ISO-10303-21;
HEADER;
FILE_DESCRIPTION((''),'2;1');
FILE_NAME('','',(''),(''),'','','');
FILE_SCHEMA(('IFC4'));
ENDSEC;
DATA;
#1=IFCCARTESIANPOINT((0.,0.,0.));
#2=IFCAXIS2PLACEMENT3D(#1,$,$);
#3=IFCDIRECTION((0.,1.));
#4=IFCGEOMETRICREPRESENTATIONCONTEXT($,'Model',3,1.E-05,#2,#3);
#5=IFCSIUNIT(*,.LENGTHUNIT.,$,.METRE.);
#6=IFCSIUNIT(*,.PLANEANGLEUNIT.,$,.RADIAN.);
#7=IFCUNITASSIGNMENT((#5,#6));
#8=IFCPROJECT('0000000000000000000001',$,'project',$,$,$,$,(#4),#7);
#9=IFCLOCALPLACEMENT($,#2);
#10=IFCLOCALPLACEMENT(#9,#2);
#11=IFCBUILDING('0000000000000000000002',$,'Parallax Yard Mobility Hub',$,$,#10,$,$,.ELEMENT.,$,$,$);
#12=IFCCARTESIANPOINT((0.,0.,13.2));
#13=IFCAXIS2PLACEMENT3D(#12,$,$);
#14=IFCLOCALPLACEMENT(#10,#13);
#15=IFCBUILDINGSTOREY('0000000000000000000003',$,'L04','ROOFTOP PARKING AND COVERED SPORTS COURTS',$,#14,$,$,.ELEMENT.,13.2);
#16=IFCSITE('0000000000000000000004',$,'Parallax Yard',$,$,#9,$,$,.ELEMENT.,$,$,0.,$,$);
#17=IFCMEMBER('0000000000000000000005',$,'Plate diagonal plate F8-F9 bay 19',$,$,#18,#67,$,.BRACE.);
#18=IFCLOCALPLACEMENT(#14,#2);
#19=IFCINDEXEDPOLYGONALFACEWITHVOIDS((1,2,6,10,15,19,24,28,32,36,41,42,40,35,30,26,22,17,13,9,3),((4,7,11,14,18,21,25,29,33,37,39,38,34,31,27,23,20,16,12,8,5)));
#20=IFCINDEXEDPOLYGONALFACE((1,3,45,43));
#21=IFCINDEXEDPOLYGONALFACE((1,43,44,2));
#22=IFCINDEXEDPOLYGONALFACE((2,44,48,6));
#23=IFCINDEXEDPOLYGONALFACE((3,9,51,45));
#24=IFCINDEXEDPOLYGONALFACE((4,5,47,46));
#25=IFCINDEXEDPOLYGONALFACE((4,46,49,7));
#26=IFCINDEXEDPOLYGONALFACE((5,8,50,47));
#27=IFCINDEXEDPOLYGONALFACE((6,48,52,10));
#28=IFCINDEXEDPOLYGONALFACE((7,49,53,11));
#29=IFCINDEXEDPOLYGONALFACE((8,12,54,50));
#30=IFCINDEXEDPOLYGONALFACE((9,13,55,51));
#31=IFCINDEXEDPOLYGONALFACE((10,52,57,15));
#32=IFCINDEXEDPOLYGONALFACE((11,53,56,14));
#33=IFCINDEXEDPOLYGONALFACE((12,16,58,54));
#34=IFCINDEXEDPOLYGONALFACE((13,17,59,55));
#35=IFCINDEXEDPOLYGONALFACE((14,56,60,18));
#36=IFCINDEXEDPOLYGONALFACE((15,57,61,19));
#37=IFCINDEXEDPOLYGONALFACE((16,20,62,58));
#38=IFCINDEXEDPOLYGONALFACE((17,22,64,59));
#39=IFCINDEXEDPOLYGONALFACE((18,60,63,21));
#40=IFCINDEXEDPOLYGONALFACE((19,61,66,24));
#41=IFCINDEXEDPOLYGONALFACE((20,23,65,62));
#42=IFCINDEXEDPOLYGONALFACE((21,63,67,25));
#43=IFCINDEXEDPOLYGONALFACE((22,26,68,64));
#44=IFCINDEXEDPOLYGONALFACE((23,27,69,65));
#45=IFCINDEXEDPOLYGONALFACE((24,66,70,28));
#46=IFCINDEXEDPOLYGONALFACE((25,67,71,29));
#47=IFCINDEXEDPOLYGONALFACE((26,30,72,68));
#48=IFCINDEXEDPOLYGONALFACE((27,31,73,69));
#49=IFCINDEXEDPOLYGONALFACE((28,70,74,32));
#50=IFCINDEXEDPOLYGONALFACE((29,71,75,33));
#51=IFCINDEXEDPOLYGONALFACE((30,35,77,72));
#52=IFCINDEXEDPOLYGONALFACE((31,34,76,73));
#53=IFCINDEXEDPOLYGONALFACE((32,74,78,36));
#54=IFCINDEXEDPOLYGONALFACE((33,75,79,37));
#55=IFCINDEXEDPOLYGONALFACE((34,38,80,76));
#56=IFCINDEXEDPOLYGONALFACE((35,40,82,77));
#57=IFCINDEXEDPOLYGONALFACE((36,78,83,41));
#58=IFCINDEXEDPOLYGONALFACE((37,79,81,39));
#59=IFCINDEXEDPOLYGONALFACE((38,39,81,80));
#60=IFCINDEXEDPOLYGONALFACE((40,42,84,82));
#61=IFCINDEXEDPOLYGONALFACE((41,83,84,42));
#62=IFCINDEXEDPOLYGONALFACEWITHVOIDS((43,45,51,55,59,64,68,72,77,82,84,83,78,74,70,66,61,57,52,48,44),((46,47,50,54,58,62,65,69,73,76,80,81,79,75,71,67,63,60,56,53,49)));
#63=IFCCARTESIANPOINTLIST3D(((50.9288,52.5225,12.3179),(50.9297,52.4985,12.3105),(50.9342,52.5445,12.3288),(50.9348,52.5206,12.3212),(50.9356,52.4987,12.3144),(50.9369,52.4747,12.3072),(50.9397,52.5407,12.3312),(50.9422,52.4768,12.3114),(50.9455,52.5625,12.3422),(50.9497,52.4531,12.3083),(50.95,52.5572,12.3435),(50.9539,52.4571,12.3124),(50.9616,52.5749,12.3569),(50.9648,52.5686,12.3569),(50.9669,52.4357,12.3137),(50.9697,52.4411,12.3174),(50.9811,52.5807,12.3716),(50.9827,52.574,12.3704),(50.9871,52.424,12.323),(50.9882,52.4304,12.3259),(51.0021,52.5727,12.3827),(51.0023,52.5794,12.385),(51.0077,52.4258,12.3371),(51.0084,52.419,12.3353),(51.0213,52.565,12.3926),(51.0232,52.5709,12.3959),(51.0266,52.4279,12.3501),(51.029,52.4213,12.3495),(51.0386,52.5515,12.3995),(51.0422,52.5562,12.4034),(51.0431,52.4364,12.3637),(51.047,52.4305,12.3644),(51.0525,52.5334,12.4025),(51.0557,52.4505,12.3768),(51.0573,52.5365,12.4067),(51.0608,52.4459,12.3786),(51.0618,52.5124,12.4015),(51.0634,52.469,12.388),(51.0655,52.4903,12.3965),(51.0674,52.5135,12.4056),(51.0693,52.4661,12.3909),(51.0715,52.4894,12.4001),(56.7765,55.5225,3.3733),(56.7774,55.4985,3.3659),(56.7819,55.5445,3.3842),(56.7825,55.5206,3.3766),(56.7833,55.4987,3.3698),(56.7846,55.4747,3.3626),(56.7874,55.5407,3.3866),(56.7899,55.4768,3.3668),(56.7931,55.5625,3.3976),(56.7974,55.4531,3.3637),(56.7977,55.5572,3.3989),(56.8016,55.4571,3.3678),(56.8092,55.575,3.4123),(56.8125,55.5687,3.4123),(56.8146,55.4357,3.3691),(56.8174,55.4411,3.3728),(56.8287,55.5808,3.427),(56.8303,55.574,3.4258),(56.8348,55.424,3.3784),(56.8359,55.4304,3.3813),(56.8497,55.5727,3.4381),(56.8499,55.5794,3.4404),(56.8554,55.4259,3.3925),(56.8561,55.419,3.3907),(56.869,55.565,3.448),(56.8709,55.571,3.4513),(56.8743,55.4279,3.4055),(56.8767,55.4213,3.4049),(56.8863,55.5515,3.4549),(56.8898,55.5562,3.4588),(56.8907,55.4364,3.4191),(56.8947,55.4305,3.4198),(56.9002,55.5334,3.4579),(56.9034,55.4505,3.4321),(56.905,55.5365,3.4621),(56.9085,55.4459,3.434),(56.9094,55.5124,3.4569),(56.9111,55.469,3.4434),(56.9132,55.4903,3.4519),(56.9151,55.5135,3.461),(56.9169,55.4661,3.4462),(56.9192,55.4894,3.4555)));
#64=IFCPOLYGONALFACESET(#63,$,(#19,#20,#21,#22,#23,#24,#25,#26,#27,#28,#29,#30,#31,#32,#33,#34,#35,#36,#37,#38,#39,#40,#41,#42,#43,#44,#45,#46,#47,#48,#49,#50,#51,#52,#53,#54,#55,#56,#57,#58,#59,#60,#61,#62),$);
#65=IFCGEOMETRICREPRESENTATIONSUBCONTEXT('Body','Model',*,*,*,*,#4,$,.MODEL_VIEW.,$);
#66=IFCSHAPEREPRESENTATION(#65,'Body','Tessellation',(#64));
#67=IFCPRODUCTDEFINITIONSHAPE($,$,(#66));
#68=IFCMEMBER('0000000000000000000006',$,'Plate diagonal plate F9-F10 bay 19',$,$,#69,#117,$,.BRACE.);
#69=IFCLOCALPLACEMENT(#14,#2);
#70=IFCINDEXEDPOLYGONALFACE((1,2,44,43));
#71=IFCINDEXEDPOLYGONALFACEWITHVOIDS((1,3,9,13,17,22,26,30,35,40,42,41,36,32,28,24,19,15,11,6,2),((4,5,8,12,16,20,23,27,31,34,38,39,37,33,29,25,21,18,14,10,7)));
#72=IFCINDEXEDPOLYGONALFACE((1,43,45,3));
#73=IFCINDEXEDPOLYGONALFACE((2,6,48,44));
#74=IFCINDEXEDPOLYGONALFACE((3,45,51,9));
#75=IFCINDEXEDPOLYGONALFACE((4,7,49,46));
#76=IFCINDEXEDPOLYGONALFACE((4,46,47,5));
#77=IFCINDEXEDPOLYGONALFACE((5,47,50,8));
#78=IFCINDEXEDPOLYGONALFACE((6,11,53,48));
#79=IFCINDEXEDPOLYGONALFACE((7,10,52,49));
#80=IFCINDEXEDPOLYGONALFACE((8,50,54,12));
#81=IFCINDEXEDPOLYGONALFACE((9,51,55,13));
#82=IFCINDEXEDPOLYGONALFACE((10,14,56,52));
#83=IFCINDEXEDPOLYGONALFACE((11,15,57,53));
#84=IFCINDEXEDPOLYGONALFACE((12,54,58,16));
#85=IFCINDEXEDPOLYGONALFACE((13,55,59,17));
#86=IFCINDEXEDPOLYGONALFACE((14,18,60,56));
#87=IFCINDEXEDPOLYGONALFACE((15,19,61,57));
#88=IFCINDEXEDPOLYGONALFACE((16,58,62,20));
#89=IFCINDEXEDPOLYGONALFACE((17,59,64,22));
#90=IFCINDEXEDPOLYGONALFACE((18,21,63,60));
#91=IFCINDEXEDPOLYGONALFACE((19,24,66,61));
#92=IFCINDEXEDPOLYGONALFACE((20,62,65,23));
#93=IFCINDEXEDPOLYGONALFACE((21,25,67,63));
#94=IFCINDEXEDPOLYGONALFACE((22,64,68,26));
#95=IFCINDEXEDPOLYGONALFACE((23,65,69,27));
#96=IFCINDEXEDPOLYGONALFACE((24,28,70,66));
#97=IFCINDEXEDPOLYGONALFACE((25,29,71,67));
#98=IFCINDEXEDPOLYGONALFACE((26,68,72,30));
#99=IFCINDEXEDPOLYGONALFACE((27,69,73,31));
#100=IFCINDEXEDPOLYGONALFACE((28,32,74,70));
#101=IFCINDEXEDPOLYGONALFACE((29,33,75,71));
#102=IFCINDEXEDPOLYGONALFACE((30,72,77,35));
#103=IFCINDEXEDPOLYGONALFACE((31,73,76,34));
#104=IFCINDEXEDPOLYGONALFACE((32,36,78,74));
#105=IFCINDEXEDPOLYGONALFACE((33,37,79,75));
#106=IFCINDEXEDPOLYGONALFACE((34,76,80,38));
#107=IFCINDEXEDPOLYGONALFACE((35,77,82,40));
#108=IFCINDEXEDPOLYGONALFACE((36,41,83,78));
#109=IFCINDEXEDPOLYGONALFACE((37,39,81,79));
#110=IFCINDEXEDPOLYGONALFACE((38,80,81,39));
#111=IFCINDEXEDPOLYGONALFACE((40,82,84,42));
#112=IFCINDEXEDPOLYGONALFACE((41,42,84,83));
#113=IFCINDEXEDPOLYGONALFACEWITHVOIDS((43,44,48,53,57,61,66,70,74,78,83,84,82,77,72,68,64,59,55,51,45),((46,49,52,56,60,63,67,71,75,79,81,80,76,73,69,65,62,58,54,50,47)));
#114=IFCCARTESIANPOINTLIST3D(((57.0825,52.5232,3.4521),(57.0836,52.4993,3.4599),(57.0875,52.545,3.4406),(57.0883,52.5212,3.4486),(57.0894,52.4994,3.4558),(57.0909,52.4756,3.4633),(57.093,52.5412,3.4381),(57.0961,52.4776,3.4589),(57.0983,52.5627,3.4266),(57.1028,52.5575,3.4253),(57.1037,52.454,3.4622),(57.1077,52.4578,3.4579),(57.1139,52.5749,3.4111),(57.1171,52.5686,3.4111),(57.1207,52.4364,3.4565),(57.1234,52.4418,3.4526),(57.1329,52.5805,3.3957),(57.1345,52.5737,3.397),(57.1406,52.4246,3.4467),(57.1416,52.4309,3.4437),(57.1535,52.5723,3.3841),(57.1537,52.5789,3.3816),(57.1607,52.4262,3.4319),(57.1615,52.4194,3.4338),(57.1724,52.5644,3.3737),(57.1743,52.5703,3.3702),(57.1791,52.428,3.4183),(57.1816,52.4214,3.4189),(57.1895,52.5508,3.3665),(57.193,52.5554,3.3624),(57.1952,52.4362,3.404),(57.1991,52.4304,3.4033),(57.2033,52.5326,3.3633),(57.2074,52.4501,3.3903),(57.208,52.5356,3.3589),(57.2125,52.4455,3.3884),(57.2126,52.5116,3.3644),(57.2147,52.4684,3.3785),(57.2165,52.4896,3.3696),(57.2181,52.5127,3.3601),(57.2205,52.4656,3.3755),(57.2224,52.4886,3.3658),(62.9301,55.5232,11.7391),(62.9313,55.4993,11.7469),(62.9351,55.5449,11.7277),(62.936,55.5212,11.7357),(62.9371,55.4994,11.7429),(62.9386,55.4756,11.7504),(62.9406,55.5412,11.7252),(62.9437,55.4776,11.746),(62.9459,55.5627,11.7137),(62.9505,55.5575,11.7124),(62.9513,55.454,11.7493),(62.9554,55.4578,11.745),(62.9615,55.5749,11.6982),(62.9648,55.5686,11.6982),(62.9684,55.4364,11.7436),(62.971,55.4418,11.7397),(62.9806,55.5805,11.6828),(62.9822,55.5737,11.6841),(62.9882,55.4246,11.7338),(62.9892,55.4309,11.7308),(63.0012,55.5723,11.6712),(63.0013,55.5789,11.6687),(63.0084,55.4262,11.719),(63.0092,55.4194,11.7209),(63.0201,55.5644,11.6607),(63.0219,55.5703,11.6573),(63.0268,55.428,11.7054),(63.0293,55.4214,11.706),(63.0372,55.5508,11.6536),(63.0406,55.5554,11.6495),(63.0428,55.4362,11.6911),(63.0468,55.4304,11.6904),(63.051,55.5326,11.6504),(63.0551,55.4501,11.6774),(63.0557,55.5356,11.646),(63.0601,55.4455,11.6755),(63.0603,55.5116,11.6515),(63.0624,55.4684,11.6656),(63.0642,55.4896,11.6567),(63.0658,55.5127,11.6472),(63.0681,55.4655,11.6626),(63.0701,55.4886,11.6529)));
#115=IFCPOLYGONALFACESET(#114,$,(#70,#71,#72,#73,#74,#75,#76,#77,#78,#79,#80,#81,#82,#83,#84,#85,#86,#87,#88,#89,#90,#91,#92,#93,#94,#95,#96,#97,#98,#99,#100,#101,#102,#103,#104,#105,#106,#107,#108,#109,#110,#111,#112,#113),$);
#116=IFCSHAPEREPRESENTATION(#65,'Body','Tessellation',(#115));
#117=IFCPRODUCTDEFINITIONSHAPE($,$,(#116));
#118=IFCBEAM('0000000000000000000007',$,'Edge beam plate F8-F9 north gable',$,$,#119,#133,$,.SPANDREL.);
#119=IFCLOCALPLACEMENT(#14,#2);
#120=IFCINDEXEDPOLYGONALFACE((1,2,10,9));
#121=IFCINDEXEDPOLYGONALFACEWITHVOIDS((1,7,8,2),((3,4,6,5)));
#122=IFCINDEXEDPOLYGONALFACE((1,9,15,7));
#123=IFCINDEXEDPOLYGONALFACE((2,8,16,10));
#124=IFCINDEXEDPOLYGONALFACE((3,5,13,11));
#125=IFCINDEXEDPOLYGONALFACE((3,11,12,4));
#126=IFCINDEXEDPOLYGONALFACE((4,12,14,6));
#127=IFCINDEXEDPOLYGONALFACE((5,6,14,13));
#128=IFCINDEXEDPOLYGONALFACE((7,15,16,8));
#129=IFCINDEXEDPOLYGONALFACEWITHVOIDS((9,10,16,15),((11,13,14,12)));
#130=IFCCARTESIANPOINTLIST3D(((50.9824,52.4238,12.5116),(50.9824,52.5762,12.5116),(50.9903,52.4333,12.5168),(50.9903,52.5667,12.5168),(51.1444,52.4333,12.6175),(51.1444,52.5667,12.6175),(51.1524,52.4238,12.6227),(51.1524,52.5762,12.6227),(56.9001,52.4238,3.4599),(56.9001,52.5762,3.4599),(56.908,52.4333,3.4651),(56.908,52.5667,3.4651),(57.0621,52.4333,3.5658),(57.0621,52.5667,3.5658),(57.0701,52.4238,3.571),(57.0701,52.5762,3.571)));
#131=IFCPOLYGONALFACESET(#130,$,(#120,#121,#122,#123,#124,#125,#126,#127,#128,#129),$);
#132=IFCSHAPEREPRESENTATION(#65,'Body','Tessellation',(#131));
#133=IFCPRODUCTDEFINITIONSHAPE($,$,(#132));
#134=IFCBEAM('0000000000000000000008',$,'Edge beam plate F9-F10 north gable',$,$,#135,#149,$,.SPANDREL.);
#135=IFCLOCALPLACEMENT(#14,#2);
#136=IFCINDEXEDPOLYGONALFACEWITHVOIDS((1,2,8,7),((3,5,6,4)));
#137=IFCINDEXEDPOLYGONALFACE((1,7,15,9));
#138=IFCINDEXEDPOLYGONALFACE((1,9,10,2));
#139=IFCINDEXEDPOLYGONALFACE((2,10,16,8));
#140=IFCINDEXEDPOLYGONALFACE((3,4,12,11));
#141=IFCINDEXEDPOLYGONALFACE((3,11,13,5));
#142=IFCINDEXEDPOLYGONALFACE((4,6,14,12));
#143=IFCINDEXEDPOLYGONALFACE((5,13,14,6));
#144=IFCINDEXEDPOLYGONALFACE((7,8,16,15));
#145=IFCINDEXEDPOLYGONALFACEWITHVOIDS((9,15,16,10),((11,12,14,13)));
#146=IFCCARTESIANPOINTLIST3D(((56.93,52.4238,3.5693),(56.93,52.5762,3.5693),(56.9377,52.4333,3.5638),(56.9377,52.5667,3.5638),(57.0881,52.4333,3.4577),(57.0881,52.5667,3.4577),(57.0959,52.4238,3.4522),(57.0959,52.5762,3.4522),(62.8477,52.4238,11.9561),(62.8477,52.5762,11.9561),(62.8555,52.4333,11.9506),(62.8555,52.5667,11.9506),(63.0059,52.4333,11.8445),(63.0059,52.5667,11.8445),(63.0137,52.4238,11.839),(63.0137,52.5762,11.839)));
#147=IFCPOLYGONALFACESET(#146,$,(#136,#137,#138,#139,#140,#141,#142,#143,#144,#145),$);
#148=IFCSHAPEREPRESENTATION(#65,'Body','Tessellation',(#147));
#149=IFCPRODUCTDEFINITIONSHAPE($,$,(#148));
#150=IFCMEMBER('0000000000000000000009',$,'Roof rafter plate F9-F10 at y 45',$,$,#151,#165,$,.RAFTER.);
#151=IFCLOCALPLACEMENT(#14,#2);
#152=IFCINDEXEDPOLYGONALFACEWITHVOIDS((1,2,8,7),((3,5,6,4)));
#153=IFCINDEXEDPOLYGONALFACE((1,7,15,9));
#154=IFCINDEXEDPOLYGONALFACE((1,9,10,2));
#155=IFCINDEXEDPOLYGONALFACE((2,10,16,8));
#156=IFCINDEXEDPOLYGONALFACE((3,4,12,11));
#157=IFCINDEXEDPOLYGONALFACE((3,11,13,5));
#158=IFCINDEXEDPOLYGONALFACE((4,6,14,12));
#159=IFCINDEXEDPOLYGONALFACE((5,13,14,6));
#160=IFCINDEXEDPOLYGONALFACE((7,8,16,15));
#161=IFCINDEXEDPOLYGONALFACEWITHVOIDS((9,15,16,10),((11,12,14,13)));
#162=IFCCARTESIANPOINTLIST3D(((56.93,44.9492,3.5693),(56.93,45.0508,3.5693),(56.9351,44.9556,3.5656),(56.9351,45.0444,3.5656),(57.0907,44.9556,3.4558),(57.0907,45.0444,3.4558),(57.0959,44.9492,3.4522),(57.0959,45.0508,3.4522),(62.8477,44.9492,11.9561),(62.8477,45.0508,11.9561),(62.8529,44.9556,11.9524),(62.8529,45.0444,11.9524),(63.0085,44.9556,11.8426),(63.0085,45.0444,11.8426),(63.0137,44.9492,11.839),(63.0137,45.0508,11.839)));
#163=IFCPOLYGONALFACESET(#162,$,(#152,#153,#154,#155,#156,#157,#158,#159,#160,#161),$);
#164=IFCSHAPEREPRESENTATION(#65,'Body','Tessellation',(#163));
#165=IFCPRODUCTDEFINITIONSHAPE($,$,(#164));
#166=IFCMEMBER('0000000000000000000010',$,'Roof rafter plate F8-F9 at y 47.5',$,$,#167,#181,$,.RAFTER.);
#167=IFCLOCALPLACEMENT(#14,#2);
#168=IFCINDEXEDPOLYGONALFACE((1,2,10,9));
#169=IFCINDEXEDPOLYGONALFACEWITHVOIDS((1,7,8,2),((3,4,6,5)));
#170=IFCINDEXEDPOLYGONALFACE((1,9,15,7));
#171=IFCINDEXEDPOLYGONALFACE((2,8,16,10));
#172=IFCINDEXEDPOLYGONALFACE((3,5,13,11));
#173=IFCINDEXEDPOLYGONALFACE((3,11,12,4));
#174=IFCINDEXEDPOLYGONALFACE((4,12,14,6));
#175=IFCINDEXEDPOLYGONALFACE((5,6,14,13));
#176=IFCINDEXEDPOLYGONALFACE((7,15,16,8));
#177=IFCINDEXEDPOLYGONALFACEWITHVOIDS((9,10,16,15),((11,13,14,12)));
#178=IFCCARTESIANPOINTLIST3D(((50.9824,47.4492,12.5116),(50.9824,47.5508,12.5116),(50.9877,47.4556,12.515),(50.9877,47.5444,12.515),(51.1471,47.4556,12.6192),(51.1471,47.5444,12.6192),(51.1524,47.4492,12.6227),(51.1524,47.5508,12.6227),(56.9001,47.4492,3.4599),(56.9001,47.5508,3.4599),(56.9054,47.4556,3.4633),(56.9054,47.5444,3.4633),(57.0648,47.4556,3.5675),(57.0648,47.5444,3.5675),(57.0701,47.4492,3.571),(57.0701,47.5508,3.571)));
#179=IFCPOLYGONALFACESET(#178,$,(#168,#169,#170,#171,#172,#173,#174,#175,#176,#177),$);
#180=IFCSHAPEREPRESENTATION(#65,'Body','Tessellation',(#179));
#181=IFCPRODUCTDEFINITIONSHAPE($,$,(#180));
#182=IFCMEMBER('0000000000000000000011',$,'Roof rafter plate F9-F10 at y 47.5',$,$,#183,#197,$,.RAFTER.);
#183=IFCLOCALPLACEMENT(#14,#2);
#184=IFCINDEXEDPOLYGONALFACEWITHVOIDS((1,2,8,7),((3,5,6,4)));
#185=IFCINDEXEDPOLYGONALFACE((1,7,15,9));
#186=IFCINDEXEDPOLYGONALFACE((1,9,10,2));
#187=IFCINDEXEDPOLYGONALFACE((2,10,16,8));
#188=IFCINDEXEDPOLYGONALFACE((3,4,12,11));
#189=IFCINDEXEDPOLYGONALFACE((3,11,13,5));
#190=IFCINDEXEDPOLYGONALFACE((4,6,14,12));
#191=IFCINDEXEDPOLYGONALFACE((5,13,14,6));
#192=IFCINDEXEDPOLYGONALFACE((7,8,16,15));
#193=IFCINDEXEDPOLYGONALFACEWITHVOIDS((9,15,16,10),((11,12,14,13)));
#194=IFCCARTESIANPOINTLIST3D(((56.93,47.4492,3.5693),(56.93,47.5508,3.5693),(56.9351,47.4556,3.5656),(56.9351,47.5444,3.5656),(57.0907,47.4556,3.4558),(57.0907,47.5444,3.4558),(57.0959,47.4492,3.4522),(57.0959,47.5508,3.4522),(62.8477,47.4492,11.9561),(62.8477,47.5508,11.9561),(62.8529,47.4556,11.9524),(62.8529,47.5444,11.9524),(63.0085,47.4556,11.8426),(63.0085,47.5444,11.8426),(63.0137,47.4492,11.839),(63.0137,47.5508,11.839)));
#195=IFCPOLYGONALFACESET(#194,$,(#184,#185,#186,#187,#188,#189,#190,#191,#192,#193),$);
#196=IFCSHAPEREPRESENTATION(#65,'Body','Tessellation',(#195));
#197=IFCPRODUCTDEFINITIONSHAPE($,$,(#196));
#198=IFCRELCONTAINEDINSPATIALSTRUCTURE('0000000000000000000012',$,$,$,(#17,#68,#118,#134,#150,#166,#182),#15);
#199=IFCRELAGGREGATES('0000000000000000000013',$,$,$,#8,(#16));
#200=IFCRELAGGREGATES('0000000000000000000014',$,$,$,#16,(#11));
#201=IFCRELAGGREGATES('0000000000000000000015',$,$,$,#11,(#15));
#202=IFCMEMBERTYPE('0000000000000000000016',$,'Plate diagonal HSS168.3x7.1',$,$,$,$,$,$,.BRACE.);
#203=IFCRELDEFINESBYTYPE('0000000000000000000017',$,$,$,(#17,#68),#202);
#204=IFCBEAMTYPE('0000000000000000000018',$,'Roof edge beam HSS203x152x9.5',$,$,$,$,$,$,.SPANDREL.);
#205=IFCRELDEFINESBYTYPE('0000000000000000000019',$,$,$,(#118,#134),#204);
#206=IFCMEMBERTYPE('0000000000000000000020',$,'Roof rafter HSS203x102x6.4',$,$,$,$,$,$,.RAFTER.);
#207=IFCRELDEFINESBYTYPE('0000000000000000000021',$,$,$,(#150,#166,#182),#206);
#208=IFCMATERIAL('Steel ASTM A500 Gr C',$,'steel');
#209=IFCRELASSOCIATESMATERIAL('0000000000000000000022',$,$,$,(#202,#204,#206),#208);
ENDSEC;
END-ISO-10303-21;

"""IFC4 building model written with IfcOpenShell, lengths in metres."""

from ifc_helpers import new_model, si_unit, direction, frame, origin, origin_2d, place, context, subcontext, project, spatial, hollow_rectangle, hollow_circle, extrude, material, material_profile, profile_set, type_object, element, save


model = new_model("IFC4")

# Units and contexts
model_context = context("Model", 3, precision=1e-05, world=origin(), true_north=direction((0.0, 1.0)))
body_context = subcontext(model_context, "Body", "Model", "MODEL_VIEW")
ifc_project = project(units=[si_unit("LENGTHUNIT", "METRE"), si_unit("PLANEANGLEUNIT", "RADIAN")], contexts=[model_context])

# Site, building, storey
site_placement = place(None, origin())
site = spatial("IfcSite", under=ifc_project, at=site_placement, Name="Parallax Yard", CompositionType="ELEMENT", RefElevation=0.0)
building_placement = place(site_placement, origin())
building = spatial("IfcBuilding", under=site, at=building_placement, Name="Parallax Yard Mobility Hub", CompositionType="ELEMENT")
storey_placement = place(building_placement, frame((0.0, 0.0, 13.2)))
storey = spatial("IfcBuildingStorey", under=building, at=storey_placement, Name="L04", Description="ROOFTOP PARKING AND COVERED SPORTS COURTS", CompositionType="ELEMENT", Elevation=13.2)

# Members
ifc_material_1 = material(Name="Steel ASTM A500 Gr C", Category="steel")
ifc_material_profile_1 = material_profile(ifc_material_1, hollow_circle(Radius=0.0842, WallThickness=0.0071, at=origin_2d()), Name="HSS168.3x7.1")
ifc_profile_set_1 = profile_set([ifc_material_profile_1], Name="Steel ASTM A500 Gr C")
member_type_1 = type_object("IfcMemberType", Name="Plate diagonal HSS168.3x7.1", PredefinedType="BRACE", material=ifc_profile_set_1)
member_1_placement = place(storey_placement, frame((51.0, 52.5, 12.3569), z_axis=(0.526836, 0.270281, -0.805849), x_axis=(-0.456461, 0.889743, 0.0)))
element("IfcMember", 1, at=member_1_placement, inside=storey, type_object=member_type_1, Name="Plate diagonal plate F8-F9 bay 19", PredefinedType="BRACE", context=body_context, shape_type="SweptSolid", body=[
    extrude(hollow_circle(Radius=0.0842, WallThickness=0.0071, at=origin_2d()), origin(), (0.0, 0.0, 1.0), 11.0996),
])
member_2_placement = place(storey_placement, frame((57.1523, 52.5, 3.4111), z_axis=(0.552869, 0.283636, 0.783509), x_axis=(-0.456461, 0.889743, 0.0)))
element("IfcMember", 2, at=member_2_placement, inside=storey, type_object=member_type_1, Name="Plate diagonal plate F9-F10 bay 19", PredefinedType="BRACE", context=body_context, shape_type="SweptSolid", body=[
    extrude(hollow_circle(Radius=0.0842, WallThickness=0.0071, at=origin_2d()), origin(), (0.0, 0.0, 1.0), 10.5769),
])

# Beams
ifc_material_profile_2 = material_profile(ifc_material_1, hollow_rectangle(XDim=0.1523, YDim=0.2031, WallThickness=0.0095, at=origin_2d()), Name="HSS203x152x9.5")
ifc_profile_set_2 = profile_set([ifc_material_profile_2], Name="Steel ASTM A500 Gr C")
beam_type = type_object("IfcBeamType", Name="Roof edge beam HSS203x152x9.5", PredefinedType="SPANDREL", material=ifc_profile_set_2)
beam_1_placement = place(storey_placement, frame((51.0674, 52.5, 12.5671), z_axis=(0.547202, 0.0, -0.837001), x_axis=(0.0, 1.0, 0.0)))
element("IfcBeam", 3, at=beam_1_placement, inside=storey, type_object=beam_type, Name="Edge beam plate F8-F9 north gable", PredefinedType="SPANDREL", context=body_context, shape_type="SweptSolid", body=[
    extrude(hollow_rectangle(XDim=0.1523, YDim=0.2031, WallThickness=0.0095, at=origin_2d()), origin(), (0.0, 0.0, 1.0), 10.8145),
])
beam_2_placement = place(storey_placement, frame((57.0129, 52.5, 3.5107), z_axis=(0.576533, 0.0, 0.817074), x_axis=(0.0, 1.0, 0.0)))
element("IfcBeam", 4, at=beam_2_placement, inside=storey, type_object=beam_type, Name="Edge beam plate F9-F10 north gable", PredefinedType="SPANDREL", context=body_context, shape_type="SweptSolid", body=[
    extrude(hollow_rectangle(XDim=0.1523, YDim=0.2031, WallThickness=0.0095, at=origin_2d()), origin(), (0.0, 0.0, 1.0), 10.2644),
])

# Members
ifc_material_profile_3 = material_profile(ifc_material_1, hollow_rectangle(XDim=0.1016, YDim=0.2031, WallThickness=0.0063, at=origin_2d()), Name="HSS203x102x6.4")
ifc_profile_set_3 = profile_set([ifc_material_profile_3], Name="Steel ASTM A500 Gr C")
member_type_2 = type_object("IfcMemberType", Name="Roof rafter HSS203x102x6.4", PredefinedType="RAFTER", material=ifc_profile_set_3)
member_3_placement = place(storey_placement, frame((57.0129, 45.0, 3.5107), z_axis=(0.576533, 0.0, 0.817074), x_axis=(0.0, 1.0, 0.0)))
element("IfcMember", 5, at=member_3_placement, inside=storey, type_object=member_type_2, Name="Roof rafter plate F9-F10 at y 45", PredefinedType="RAFTER", context=body_context, shape_type="SweptSolid", body=[
    extrude(hollow_rectangle(XDim=0.1016, YDim=0.2031, WallThickness=0.0063, at=origin_2d()), origin(), (0.0, 0.0, 1.0), 10.2644),
])
member_4_placement = place(storey_placement, frame((51.0674, 47.5, 12.5671), z_axis=(0.547202, 0.0, -0.837001), x_axis=(0.0, 1.0, 0.0)))
element("IfcMember", 6, at=member_4_placement, inside=storey, type_object=member_type_2, Name="Roof rafter plate F8-F9 at y 47.5", PredefinedType="RAFTER", context=body_context, shape_type="SweptSolid", body=[
    extrude(hollow_rectangle(XDim=0.1016, YDim=0.2031, WallThickness=0.0063, at=origin_2d()), origin(), (0.0, 0.0, 1.0), 10.8145),
])
member_5_placement = place(storey_placement, frame((57.0129, 47.5, 3.5107), z_axis=(0.576533, 0.0, 0.817074), x_axis=(0.0, 1.0, 0.0)))
element("IfcMember", 7, at=member_5_placement, inside=storey, type_object=member_type_2, Name="Roof rafter plate F9-F10 at y 47.5", PredefinedType="RAFTER", context=body_context, shape_type="SweptSolid", body=[
    extrude(hollow_rectangle(XDim=0.1016, YDim=0.2031, WallThickness=0.0063, at=origin_2d()), origin(), (0.0, 0.0, 1.0), 10.2644),
])

save(model, "model.ifc")
